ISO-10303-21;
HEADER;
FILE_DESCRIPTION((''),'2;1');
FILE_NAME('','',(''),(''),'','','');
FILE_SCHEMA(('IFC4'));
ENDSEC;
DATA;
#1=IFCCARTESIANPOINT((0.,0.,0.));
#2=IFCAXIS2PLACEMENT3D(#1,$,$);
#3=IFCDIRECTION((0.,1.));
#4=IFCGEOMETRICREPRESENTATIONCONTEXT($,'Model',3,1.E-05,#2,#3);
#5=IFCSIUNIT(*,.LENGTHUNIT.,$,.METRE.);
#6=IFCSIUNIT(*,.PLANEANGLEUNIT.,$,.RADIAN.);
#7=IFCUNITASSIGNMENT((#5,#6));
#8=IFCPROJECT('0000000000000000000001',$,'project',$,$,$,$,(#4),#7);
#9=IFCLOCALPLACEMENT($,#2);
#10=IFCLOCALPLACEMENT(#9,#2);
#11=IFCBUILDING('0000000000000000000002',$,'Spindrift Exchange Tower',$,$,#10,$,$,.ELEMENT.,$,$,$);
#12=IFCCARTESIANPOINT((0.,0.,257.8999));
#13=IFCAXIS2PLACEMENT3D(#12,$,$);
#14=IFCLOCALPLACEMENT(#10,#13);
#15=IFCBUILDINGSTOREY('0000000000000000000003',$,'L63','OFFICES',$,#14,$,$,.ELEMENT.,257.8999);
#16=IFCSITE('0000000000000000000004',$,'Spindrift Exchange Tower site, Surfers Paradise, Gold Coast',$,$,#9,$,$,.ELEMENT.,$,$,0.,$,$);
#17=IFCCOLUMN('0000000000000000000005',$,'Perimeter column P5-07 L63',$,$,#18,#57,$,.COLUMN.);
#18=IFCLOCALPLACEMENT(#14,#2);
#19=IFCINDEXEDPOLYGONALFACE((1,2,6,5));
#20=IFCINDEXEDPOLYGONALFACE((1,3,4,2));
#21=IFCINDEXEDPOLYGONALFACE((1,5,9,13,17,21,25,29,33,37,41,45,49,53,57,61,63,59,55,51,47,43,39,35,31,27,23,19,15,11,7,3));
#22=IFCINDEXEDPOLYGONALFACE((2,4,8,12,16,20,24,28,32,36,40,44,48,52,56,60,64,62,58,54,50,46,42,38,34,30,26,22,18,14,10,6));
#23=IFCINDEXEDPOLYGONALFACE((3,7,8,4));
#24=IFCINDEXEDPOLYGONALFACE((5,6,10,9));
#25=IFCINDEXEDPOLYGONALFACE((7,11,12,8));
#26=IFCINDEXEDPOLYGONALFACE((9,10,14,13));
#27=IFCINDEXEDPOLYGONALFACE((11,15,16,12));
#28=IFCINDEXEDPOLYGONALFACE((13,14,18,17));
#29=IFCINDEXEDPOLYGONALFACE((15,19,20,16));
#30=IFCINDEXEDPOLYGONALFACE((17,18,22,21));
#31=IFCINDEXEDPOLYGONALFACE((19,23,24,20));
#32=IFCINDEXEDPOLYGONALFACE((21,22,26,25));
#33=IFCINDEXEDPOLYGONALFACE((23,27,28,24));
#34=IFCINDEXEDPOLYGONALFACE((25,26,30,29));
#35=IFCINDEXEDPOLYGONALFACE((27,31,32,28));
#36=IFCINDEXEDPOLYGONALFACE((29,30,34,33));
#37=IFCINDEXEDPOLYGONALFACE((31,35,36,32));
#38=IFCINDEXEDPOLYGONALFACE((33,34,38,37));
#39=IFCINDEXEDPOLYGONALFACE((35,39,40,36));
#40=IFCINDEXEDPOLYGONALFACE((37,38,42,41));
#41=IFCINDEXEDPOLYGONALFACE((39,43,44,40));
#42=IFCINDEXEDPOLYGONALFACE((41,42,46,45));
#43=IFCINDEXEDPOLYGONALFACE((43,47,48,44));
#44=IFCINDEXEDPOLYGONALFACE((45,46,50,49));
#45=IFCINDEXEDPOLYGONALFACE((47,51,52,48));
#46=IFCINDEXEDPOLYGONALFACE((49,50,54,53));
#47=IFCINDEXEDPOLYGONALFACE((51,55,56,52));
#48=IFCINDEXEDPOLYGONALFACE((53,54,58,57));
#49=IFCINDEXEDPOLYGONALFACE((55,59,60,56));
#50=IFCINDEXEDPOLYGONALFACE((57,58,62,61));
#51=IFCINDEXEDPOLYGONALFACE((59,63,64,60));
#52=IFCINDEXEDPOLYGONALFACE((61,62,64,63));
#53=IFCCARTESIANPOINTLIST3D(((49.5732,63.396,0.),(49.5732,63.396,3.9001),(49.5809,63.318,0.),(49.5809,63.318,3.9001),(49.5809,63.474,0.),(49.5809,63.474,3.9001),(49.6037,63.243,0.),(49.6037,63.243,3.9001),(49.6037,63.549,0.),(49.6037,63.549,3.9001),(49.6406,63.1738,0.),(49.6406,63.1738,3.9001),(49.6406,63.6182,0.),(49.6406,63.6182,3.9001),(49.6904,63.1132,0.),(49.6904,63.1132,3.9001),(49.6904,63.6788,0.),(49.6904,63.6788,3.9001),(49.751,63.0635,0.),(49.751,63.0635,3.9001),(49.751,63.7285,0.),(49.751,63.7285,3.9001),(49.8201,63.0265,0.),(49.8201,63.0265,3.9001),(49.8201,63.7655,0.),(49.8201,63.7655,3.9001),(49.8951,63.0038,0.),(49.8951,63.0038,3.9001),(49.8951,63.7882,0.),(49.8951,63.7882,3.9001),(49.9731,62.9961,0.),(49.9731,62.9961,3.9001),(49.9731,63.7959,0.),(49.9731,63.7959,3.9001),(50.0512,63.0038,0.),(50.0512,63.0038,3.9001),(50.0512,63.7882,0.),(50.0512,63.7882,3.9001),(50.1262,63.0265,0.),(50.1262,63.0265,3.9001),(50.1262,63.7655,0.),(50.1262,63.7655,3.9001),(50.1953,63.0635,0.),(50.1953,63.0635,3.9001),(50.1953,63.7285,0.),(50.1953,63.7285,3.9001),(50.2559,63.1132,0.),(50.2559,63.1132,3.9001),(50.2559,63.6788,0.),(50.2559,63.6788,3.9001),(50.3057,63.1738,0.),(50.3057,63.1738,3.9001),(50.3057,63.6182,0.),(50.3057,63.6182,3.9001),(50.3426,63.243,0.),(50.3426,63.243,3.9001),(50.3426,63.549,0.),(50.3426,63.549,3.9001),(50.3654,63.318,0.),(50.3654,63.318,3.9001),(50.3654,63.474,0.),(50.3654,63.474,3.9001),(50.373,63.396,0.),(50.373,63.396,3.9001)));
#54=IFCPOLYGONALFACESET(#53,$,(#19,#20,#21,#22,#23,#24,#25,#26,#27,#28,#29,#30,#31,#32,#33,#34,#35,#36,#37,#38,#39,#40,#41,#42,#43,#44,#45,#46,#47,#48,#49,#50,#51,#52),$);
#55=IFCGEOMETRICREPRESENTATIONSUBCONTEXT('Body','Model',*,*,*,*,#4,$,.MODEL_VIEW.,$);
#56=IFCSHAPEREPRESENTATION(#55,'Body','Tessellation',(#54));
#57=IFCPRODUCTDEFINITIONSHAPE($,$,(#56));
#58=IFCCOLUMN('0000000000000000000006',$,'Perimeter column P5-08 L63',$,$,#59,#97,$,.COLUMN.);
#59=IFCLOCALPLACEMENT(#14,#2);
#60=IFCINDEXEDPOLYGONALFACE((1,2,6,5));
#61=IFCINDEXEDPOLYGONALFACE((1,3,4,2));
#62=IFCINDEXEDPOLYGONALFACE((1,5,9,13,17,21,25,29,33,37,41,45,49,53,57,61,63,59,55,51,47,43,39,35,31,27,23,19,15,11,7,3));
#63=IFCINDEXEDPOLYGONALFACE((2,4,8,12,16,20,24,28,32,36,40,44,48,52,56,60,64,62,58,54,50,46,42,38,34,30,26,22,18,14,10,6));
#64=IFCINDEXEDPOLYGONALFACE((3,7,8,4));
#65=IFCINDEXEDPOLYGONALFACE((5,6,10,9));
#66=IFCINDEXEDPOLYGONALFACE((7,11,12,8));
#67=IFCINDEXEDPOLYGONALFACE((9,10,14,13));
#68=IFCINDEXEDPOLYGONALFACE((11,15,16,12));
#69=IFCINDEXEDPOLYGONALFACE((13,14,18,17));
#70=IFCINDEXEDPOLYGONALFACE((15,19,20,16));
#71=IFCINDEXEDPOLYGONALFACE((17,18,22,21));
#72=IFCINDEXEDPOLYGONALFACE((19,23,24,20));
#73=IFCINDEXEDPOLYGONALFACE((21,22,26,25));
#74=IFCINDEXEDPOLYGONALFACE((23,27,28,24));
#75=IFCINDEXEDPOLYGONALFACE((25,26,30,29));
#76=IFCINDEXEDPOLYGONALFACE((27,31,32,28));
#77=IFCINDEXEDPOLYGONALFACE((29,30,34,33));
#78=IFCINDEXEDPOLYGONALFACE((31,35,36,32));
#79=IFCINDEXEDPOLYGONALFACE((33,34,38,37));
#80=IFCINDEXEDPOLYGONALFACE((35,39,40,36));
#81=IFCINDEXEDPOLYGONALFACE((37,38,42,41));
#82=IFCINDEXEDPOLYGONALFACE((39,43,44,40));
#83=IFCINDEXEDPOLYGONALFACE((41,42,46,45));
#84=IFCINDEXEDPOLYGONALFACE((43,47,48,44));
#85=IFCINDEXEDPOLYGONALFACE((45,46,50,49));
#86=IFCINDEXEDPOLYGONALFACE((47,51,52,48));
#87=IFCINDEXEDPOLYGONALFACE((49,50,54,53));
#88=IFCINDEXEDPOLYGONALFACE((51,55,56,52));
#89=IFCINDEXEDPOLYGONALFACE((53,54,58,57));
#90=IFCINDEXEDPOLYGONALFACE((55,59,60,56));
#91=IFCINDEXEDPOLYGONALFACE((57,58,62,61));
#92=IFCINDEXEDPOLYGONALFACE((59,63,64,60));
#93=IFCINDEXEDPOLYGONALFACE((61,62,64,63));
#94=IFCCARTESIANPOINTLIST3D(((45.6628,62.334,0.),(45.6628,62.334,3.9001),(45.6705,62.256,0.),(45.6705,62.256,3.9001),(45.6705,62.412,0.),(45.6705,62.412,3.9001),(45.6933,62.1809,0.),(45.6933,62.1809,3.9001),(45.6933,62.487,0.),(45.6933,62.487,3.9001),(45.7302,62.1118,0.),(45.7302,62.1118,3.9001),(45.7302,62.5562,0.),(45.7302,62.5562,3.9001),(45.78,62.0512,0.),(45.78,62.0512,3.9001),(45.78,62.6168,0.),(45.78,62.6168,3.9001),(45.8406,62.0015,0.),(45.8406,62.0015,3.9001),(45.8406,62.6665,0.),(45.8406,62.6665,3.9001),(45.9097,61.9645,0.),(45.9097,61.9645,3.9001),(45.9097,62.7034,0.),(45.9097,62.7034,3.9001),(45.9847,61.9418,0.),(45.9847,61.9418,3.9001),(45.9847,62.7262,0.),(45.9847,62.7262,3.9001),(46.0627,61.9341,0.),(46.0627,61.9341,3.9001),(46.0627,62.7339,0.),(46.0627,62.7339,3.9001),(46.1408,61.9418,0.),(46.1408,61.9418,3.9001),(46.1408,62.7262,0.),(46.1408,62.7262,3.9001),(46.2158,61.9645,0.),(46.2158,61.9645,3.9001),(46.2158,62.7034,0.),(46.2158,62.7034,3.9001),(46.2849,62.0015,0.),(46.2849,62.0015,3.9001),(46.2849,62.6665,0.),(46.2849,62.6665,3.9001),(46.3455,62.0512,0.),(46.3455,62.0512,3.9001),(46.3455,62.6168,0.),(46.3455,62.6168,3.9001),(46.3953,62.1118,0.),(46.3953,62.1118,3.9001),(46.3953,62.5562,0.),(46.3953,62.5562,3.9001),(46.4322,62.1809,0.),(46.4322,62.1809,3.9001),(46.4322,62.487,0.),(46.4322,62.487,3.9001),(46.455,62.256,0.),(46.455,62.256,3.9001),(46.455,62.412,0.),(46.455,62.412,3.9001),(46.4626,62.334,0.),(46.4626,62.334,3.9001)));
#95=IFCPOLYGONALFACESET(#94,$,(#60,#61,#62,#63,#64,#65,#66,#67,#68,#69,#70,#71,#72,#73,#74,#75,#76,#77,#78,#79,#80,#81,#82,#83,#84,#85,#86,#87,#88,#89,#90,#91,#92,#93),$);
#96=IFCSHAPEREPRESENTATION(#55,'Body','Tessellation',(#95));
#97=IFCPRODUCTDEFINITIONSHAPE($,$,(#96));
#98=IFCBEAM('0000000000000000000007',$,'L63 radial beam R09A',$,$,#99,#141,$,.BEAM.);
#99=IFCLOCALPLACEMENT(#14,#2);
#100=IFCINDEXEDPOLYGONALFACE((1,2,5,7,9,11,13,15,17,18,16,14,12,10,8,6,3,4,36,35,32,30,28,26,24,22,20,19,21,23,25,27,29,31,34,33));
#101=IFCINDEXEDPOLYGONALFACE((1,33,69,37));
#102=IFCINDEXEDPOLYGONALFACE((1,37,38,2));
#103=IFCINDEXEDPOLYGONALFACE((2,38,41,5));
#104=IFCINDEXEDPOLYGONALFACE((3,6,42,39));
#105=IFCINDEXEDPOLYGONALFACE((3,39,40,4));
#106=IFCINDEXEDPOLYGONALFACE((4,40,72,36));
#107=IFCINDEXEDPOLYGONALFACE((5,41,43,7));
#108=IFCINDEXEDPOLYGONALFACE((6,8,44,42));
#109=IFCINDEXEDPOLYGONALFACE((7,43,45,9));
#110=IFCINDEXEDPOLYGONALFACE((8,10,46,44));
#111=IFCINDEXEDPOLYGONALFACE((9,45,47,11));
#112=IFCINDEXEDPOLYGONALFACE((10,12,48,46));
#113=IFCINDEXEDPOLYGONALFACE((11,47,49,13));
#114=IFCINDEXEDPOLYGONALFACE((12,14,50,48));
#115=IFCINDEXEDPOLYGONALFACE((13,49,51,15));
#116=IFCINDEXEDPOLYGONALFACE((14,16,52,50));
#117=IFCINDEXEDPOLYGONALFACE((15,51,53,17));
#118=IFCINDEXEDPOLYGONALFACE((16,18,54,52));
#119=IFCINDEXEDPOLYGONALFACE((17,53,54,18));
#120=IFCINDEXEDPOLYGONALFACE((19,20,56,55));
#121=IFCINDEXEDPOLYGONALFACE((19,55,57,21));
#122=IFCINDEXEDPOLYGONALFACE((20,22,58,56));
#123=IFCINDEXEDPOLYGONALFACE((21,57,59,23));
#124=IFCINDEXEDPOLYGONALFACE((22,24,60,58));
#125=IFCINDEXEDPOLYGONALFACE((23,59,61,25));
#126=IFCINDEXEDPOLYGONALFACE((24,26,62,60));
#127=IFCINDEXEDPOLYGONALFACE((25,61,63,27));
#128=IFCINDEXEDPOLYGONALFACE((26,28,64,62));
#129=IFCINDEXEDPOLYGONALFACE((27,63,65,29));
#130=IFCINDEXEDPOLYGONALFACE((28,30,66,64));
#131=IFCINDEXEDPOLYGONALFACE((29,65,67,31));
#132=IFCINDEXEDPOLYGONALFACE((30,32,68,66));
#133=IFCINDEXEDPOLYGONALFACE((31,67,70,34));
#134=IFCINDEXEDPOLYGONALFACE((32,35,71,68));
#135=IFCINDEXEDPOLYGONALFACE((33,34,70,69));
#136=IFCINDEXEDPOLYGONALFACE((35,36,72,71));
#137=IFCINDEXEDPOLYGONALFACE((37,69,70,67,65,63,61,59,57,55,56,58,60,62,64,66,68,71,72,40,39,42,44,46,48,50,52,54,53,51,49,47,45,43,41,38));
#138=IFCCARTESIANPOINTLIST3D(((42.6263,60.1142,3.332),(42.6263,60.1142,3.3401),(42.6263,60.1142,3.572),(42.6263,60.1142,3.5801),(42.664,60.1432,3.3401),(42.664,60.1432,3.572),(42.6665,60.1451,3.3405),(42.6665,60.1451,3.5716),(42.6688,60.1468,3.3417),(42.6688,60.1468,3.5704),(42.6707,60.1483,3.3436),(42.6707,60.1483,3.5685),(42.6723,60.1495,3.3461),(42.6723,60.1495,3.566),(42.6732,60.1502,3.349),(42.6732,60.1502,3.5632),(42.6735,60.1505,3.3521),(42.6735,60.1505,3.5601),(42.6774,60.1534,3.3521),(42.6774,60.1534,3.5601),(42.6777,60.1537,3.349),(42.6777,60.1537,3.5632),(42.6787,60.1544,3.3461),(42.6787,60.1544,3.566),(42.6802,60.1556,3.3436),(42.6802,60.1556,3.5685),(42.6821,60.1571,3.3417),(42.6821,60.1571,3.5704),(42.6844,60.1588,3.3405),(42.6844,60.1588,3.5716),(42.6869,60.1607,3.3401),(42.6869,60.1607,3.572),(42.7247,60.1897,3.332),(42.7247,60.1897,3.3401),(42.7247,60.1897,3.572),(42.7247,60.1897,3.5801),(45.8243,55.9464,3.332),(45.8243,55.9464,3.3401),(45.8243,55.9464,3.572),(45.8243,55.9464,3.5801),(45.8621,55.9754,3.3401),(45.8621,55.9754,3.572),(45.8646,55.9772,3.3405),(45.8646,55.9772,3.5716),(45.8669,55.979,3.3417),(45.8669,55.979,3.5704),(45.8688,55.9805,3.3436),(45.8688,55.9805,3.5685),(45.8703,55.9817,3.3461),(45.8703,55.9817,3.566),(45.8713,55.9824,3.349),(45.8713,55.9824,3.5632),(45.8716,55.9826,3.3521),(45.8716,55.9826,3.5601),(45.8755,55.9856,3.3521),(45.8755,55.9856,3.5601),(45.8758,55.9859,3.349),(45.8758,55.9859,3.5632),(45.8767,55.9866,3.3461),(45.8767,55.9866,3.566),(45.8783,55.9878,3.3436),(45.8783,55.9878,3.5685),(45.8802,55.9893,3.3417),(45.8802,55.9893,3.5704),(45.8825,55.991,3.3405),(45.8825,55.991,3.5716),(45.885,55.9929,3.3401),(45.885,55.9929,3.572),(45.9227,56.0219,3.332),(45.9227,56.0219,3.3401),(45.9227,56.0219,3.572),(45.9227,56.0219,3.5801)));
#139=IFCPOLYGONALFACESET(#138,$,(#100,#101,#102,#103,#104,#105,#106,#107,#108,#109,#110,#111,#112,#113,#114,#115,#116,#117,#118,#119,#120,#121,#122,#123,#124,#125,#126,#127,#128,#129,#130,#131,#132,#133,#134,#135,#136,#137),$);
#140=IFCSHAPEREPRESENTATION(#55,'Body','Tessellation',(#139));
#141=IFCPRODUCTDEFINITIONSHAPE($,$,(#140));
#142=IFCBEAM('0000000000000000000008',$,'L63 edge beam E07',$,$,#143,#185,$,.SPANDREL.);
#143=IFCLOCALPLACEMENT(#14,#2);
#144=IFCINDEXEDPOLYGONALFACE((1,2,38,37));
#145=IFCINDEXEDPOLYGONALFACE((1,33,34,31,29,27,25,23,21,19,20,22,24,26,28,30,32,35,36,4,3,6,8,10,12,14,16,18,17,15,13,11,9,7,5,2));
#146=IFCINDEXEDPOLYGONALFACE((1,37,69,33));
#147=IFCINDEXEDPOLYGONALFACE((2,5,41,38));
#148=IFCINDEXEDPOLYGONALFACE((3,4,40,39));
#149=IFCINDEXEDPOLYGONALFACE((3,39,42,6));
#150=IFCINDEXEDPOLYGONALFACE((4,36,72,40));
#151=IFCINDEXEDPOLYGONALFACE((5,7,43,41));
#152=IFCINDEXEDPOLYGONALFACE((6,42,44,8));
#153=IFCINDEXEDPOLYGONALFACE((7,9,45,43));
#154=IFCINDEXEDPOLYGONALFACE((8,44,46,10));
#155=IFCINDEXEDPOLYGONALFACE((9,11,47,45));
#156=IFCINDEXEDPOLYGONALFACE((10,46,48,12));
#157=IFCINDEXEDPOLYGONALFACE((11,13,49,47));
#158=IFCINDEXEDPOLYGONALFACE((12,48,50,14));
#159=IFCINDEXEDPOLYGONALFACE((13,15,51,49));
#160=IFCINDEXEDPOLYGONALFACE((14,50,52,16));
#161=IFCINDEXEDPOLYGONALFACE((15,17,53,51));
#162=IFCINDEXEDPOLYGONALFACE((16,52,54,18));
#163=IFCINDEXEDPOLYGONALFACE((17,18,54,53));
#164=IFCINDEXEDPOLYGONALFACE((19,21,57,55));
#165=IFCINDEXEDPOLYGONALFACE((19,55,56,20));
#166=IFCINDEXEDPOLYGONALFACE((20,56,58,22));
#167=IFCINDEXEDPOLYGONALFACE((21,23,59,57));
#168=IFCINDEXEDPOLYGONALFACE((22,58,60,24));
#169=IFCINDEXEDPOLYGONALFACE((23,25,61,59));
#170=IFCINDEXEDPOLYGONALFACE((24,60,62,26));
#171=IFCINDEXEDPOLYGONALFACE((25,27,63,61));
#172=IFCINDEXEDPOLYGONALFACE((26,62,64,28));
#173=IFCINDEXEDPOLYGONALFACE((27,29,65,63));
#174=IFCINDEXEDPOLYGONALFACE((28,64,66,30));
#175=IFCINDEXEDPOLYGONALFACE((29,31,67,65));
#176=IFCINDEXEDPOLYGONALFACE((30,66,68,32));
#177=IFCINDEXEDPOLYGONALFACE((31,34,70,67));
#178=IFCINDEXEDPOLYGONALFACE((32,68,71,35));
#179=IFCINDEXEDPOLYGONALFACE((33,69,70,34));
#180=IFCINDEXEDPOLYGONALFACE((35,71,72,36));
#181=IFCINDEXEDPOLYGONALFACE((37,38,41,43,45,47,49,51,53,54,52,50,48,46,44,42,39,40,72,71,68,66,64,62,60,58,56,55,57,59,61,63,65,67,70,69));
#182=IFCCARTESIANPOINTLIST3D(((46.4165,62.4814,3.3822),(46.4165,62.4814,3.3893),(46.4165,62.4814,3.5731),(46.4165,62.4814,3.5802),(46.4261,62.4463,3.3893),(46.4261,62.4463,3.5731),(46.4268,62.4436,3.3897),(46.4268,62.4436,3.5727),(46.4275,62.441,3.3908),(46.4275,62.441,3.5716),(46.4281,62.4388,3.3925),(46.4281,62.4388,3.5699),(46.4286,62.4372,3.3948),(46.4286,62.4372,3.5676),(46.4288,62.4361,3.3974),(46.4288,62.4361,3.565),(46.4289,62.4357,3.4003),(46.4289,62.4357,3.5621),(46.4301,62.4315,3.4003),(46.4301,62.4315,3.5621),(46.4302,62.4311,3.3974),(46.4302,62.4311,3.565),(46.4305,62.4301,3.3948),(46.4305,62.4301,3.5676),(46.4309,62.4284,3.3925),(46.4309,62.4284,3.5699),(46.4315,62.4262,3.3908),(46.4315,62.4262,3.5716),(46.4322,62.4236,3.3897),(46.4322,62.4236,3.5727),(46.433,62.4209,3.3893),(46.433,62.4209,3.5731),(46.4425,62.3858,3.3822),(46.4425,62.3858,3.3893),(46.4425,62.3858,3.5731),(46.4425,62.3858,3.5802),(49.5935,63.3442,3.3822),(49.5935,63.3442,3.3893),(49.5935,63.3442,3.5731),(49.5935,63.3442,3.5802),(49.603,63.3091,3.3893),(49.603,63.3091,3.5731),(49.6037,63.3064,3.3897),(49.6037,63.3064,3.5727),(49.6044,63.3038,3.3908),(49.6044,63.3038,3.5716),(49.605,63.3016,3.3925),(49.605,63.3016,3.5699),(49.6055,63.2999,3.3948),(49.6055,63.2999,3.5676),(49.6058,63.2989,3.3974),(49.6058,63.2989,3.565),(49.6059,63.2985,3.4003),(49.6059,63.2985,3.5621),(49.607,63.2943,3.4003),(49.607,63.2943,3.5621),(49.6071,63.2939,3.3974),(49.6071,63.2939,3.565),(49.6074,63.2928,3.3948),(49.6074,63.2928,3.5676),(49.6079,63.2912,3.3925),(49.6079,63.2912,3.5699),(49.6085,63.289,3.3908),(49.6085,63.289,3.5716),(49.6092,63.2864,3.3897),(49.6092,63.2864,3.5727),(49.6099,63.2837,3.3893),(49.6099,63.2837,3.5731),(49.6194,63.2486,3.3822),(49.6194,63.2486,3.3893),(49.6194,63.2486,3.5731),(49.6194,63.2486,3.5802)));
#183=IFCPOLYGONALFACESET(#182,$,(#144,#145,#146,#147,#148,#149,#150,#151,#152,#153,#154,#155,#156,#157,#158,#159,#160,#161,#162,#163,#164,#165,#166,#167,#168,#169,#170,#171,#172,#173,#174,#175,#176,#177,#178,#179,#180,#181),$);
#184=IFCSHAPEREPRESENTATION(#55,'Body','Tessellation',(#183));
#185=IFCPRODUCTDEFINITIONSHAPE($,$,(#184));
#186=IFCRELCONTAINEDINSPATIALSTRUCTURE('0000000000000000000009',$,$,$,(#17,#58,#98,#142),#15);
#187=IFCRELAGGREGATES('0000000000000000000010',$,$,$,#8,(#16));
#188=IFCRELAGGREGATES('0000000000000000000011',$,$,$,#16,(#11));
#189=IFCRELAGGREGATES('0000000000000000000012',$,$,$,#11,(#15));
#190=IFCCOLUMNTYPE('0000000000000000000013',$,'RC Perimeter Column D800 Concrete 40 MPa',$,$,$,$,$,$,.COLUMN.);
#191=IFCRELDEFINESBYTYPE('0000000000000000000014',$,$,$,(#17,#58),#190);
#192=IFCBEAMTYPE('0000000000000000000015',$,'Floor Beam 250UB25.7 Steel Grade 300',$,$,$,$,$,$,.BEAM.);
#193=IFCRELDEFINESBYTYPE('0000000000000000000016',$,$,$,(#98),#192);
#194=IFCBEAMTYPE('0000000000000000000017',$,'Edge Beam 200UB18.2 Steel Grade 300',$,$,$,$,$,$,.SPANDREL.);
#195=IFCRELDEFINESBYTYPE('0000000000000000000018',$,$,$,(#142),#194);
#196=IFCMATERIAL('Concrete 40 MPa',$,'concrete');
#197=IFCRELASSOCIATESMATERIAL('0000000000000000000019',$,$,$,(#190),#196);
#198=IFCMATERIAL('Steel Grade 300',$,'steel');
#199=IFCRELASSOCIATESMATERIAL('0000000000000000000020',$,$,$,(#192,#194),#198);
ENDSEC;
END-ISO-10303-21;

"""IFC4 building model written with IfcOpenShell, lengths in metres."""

from ifc_helpers import new_model, si_unit, direction, frame, origin, origin_2d, place, context, subcontext, project, spatial, circle, i_section, extrude, source, transform, mapped, material, material_profile, profile_set, type_object, element, save


model = new_model("IFC4")

# Units and contexts
model_context = context("Model", 3, precision=1e-05, world=origin(), true_north=direction((0.0, 1.0)))
body_context = subcontext(model_context, "Body", "Model", "MODEL_VIEW")
ifc_project = project(units=[si_unit("LENGTHUNIT", "METRE"), si_unit("PLANEANGLEUNIT", "RADIAN")], contexts=[model_context])

# Site, building, storey
site_placement = place(None, origin())
site = spatial("IfcSite", under=ifc_project, at=site_placement, Name="Spindrift Exchange Tower site, Surfers Paradise, Gold Coast", CompositionType="ELEMENT", RefElevation=0.0)
building_placement = place(site_placement, origin())
building = spatial("IfcBuilding", under=site, at=building_placement, Name="Spindrift Exchange Tower", CompositionType="ELEMENT")
storey_placement = place(building_placement, frame((0.0, 0.0, 257.8999)))
storey = spatial("IfcBuildingStorey", under=building, at=storey_placement, Name="L63", Description="OFFICES", CompositionType="ELEMENT", Elevation=257.8999)

# Columns
ifc_material_1 = material(Name="Concrete 40 MPa", Category="concrete")
ifc_material_profile_1 = material_profile(ifc_material_1, circle(Radius=0.3999, at=origin_2d()), Name="RC D800")
ifc_profile_set_1 = profile_set([ifc_material_profile_1], Name="Concrete 40 MPa")
column_type = type_object("IfcColumnType", Name="RC Perimeter Column D800 Concrete 40 MPa", PredefinedType="COLUMN", material=ifc_profile_set_1)
shared_shape_1 = source(origin(), body_context, "Body", "SweptSolid", [
    extrude(circle(Radius=0.3999, at=origin_2d()), origin(), (0.0, 0.0, 1.0), 3.9001),
])
for number, where, z_axis, x_axis, name in (
    (1, (49.9731, 63.396, 0.0), (0.0, 0.0, 1.0), (1.0, 0.0, 0.0), "Perimeter column P5-07 L63"),
    (2, (46.0627, 62.334, 0.0), (0.0, 0.0, 1.0), (1.0, 0.0, 0.0), "Perimeter column P5-08 L63"),
):
    element("IfcColumn", number, at=place(storey_placement, frame(where, z_axis=z_axis, x_axis=x_axis)), inside=storey, type_object=column_type, Name=name, PredefinedType="COLUMN", context=body_context, shape_type="MappedRepresentation", body=[
        mapped(shared_shape_1, transform((0.0, 0.0, 0.0), scale=1.0)),
    ])

# Beams
ifc_material_2 = material(Name="Steel Grade 300", Category="steel")
ifc_material_profile_2 = material_profile(ifc_material_2, i_section(OverallWidth=0.124, OverallDepth=0.248, WebThickness=0.0049, FlangeThickness=0.0081, FilletRadius=0.012, at=origin_2d()), Name="250UB25.7")
ifc_profile_set_2 = profile_set([ifc_material_profile_2], Name="Steel Grade 300")
beam_type_1 = type_object("IfcBeamType", Name="Floor Beam 250UB25.7 Steel Grade 300", PredefinedType="BEAM", material=ifc_profile_set_2)
shared_shape_2 = source(origin(), body_context, "Body", "SweptSolid", [
    extrude(i_section(OverallWidth=0.124, OverallDepth=0.248, WebThickness=0.0049, FlangeThickness=0.0081, FilletRadius=0.012, at=origin_2d()), origin(), (0.0, 0.0, 1.0), 5.2534),
])
beam_1_placement = place(storey_placement, frame((45.8735, 55.9841, 3.4561), z_axis=(-0.60876, 0.793354, 0.0), x_axis=(-0.793354, -0.60876, 0.0)))
element("IfcBeam", 3, at=beam_1_placement, inside=storey, type_object=beam_type_1, Name="L63 radial beam R09A", PredefinedType="BEAM", context=body_context, shape_type="MappedRepresentation", body=[
    mapped(shared_shape_2, transform((0.0, 0.0, 0.0), scale=1.0)),
])
ifc_material_profile_3 = material_profile(ifc_material_2, i_section(OverallWidth=0.0991, OverallDepth=0.198, WebThickness=0.0044, FlangeThickness=0.0071, FilletRadius=0.011, at=origin_2d()), Name="200UB18.2")
ifc_profile_set_3 = profile_set([ifc_material_profile_3], Name="Steel Grade 300")
beam_type_2 = type_object("IfcBeamType", Name="Edge Beam 200UB18.2 Steel Grade 300", PredefinedType="SPANDREL", material=ifc_profile_set_3)
shared_shape_3 = source(origin(), body_context, "Body", "SweptSolid", [
    extrude(i_section(OverallWidth=0.0991, OverallDepth=0.198, WebThickness=0.0044, FlangeThickness=0.0071, FilletRadius=0.011, at=origin_2d()), origin(), (0.0, 0.0, 1.0), 3.292),
])
beam_2_placement = place(storey_placement, frame((49.6064, 63.2964, 3.4812), z_axis=(-0.965046, -0.262082, 0.0), x_axis=(0.262082, -0.965046, 0.0)))
element("IfcBeam", 4, at=beam_2_placement, inside=storey, type_object=beam_type_2, Name="L63 edge beam E07", PredefinedType="SPANDREL", context=body_context, shape_type="MappedRepresentation", body=[
    mapped(shared_shape_3, transform((0.0, 0.0, 0.0), scale=1.0)),
])

save(model, "model.ifc")
